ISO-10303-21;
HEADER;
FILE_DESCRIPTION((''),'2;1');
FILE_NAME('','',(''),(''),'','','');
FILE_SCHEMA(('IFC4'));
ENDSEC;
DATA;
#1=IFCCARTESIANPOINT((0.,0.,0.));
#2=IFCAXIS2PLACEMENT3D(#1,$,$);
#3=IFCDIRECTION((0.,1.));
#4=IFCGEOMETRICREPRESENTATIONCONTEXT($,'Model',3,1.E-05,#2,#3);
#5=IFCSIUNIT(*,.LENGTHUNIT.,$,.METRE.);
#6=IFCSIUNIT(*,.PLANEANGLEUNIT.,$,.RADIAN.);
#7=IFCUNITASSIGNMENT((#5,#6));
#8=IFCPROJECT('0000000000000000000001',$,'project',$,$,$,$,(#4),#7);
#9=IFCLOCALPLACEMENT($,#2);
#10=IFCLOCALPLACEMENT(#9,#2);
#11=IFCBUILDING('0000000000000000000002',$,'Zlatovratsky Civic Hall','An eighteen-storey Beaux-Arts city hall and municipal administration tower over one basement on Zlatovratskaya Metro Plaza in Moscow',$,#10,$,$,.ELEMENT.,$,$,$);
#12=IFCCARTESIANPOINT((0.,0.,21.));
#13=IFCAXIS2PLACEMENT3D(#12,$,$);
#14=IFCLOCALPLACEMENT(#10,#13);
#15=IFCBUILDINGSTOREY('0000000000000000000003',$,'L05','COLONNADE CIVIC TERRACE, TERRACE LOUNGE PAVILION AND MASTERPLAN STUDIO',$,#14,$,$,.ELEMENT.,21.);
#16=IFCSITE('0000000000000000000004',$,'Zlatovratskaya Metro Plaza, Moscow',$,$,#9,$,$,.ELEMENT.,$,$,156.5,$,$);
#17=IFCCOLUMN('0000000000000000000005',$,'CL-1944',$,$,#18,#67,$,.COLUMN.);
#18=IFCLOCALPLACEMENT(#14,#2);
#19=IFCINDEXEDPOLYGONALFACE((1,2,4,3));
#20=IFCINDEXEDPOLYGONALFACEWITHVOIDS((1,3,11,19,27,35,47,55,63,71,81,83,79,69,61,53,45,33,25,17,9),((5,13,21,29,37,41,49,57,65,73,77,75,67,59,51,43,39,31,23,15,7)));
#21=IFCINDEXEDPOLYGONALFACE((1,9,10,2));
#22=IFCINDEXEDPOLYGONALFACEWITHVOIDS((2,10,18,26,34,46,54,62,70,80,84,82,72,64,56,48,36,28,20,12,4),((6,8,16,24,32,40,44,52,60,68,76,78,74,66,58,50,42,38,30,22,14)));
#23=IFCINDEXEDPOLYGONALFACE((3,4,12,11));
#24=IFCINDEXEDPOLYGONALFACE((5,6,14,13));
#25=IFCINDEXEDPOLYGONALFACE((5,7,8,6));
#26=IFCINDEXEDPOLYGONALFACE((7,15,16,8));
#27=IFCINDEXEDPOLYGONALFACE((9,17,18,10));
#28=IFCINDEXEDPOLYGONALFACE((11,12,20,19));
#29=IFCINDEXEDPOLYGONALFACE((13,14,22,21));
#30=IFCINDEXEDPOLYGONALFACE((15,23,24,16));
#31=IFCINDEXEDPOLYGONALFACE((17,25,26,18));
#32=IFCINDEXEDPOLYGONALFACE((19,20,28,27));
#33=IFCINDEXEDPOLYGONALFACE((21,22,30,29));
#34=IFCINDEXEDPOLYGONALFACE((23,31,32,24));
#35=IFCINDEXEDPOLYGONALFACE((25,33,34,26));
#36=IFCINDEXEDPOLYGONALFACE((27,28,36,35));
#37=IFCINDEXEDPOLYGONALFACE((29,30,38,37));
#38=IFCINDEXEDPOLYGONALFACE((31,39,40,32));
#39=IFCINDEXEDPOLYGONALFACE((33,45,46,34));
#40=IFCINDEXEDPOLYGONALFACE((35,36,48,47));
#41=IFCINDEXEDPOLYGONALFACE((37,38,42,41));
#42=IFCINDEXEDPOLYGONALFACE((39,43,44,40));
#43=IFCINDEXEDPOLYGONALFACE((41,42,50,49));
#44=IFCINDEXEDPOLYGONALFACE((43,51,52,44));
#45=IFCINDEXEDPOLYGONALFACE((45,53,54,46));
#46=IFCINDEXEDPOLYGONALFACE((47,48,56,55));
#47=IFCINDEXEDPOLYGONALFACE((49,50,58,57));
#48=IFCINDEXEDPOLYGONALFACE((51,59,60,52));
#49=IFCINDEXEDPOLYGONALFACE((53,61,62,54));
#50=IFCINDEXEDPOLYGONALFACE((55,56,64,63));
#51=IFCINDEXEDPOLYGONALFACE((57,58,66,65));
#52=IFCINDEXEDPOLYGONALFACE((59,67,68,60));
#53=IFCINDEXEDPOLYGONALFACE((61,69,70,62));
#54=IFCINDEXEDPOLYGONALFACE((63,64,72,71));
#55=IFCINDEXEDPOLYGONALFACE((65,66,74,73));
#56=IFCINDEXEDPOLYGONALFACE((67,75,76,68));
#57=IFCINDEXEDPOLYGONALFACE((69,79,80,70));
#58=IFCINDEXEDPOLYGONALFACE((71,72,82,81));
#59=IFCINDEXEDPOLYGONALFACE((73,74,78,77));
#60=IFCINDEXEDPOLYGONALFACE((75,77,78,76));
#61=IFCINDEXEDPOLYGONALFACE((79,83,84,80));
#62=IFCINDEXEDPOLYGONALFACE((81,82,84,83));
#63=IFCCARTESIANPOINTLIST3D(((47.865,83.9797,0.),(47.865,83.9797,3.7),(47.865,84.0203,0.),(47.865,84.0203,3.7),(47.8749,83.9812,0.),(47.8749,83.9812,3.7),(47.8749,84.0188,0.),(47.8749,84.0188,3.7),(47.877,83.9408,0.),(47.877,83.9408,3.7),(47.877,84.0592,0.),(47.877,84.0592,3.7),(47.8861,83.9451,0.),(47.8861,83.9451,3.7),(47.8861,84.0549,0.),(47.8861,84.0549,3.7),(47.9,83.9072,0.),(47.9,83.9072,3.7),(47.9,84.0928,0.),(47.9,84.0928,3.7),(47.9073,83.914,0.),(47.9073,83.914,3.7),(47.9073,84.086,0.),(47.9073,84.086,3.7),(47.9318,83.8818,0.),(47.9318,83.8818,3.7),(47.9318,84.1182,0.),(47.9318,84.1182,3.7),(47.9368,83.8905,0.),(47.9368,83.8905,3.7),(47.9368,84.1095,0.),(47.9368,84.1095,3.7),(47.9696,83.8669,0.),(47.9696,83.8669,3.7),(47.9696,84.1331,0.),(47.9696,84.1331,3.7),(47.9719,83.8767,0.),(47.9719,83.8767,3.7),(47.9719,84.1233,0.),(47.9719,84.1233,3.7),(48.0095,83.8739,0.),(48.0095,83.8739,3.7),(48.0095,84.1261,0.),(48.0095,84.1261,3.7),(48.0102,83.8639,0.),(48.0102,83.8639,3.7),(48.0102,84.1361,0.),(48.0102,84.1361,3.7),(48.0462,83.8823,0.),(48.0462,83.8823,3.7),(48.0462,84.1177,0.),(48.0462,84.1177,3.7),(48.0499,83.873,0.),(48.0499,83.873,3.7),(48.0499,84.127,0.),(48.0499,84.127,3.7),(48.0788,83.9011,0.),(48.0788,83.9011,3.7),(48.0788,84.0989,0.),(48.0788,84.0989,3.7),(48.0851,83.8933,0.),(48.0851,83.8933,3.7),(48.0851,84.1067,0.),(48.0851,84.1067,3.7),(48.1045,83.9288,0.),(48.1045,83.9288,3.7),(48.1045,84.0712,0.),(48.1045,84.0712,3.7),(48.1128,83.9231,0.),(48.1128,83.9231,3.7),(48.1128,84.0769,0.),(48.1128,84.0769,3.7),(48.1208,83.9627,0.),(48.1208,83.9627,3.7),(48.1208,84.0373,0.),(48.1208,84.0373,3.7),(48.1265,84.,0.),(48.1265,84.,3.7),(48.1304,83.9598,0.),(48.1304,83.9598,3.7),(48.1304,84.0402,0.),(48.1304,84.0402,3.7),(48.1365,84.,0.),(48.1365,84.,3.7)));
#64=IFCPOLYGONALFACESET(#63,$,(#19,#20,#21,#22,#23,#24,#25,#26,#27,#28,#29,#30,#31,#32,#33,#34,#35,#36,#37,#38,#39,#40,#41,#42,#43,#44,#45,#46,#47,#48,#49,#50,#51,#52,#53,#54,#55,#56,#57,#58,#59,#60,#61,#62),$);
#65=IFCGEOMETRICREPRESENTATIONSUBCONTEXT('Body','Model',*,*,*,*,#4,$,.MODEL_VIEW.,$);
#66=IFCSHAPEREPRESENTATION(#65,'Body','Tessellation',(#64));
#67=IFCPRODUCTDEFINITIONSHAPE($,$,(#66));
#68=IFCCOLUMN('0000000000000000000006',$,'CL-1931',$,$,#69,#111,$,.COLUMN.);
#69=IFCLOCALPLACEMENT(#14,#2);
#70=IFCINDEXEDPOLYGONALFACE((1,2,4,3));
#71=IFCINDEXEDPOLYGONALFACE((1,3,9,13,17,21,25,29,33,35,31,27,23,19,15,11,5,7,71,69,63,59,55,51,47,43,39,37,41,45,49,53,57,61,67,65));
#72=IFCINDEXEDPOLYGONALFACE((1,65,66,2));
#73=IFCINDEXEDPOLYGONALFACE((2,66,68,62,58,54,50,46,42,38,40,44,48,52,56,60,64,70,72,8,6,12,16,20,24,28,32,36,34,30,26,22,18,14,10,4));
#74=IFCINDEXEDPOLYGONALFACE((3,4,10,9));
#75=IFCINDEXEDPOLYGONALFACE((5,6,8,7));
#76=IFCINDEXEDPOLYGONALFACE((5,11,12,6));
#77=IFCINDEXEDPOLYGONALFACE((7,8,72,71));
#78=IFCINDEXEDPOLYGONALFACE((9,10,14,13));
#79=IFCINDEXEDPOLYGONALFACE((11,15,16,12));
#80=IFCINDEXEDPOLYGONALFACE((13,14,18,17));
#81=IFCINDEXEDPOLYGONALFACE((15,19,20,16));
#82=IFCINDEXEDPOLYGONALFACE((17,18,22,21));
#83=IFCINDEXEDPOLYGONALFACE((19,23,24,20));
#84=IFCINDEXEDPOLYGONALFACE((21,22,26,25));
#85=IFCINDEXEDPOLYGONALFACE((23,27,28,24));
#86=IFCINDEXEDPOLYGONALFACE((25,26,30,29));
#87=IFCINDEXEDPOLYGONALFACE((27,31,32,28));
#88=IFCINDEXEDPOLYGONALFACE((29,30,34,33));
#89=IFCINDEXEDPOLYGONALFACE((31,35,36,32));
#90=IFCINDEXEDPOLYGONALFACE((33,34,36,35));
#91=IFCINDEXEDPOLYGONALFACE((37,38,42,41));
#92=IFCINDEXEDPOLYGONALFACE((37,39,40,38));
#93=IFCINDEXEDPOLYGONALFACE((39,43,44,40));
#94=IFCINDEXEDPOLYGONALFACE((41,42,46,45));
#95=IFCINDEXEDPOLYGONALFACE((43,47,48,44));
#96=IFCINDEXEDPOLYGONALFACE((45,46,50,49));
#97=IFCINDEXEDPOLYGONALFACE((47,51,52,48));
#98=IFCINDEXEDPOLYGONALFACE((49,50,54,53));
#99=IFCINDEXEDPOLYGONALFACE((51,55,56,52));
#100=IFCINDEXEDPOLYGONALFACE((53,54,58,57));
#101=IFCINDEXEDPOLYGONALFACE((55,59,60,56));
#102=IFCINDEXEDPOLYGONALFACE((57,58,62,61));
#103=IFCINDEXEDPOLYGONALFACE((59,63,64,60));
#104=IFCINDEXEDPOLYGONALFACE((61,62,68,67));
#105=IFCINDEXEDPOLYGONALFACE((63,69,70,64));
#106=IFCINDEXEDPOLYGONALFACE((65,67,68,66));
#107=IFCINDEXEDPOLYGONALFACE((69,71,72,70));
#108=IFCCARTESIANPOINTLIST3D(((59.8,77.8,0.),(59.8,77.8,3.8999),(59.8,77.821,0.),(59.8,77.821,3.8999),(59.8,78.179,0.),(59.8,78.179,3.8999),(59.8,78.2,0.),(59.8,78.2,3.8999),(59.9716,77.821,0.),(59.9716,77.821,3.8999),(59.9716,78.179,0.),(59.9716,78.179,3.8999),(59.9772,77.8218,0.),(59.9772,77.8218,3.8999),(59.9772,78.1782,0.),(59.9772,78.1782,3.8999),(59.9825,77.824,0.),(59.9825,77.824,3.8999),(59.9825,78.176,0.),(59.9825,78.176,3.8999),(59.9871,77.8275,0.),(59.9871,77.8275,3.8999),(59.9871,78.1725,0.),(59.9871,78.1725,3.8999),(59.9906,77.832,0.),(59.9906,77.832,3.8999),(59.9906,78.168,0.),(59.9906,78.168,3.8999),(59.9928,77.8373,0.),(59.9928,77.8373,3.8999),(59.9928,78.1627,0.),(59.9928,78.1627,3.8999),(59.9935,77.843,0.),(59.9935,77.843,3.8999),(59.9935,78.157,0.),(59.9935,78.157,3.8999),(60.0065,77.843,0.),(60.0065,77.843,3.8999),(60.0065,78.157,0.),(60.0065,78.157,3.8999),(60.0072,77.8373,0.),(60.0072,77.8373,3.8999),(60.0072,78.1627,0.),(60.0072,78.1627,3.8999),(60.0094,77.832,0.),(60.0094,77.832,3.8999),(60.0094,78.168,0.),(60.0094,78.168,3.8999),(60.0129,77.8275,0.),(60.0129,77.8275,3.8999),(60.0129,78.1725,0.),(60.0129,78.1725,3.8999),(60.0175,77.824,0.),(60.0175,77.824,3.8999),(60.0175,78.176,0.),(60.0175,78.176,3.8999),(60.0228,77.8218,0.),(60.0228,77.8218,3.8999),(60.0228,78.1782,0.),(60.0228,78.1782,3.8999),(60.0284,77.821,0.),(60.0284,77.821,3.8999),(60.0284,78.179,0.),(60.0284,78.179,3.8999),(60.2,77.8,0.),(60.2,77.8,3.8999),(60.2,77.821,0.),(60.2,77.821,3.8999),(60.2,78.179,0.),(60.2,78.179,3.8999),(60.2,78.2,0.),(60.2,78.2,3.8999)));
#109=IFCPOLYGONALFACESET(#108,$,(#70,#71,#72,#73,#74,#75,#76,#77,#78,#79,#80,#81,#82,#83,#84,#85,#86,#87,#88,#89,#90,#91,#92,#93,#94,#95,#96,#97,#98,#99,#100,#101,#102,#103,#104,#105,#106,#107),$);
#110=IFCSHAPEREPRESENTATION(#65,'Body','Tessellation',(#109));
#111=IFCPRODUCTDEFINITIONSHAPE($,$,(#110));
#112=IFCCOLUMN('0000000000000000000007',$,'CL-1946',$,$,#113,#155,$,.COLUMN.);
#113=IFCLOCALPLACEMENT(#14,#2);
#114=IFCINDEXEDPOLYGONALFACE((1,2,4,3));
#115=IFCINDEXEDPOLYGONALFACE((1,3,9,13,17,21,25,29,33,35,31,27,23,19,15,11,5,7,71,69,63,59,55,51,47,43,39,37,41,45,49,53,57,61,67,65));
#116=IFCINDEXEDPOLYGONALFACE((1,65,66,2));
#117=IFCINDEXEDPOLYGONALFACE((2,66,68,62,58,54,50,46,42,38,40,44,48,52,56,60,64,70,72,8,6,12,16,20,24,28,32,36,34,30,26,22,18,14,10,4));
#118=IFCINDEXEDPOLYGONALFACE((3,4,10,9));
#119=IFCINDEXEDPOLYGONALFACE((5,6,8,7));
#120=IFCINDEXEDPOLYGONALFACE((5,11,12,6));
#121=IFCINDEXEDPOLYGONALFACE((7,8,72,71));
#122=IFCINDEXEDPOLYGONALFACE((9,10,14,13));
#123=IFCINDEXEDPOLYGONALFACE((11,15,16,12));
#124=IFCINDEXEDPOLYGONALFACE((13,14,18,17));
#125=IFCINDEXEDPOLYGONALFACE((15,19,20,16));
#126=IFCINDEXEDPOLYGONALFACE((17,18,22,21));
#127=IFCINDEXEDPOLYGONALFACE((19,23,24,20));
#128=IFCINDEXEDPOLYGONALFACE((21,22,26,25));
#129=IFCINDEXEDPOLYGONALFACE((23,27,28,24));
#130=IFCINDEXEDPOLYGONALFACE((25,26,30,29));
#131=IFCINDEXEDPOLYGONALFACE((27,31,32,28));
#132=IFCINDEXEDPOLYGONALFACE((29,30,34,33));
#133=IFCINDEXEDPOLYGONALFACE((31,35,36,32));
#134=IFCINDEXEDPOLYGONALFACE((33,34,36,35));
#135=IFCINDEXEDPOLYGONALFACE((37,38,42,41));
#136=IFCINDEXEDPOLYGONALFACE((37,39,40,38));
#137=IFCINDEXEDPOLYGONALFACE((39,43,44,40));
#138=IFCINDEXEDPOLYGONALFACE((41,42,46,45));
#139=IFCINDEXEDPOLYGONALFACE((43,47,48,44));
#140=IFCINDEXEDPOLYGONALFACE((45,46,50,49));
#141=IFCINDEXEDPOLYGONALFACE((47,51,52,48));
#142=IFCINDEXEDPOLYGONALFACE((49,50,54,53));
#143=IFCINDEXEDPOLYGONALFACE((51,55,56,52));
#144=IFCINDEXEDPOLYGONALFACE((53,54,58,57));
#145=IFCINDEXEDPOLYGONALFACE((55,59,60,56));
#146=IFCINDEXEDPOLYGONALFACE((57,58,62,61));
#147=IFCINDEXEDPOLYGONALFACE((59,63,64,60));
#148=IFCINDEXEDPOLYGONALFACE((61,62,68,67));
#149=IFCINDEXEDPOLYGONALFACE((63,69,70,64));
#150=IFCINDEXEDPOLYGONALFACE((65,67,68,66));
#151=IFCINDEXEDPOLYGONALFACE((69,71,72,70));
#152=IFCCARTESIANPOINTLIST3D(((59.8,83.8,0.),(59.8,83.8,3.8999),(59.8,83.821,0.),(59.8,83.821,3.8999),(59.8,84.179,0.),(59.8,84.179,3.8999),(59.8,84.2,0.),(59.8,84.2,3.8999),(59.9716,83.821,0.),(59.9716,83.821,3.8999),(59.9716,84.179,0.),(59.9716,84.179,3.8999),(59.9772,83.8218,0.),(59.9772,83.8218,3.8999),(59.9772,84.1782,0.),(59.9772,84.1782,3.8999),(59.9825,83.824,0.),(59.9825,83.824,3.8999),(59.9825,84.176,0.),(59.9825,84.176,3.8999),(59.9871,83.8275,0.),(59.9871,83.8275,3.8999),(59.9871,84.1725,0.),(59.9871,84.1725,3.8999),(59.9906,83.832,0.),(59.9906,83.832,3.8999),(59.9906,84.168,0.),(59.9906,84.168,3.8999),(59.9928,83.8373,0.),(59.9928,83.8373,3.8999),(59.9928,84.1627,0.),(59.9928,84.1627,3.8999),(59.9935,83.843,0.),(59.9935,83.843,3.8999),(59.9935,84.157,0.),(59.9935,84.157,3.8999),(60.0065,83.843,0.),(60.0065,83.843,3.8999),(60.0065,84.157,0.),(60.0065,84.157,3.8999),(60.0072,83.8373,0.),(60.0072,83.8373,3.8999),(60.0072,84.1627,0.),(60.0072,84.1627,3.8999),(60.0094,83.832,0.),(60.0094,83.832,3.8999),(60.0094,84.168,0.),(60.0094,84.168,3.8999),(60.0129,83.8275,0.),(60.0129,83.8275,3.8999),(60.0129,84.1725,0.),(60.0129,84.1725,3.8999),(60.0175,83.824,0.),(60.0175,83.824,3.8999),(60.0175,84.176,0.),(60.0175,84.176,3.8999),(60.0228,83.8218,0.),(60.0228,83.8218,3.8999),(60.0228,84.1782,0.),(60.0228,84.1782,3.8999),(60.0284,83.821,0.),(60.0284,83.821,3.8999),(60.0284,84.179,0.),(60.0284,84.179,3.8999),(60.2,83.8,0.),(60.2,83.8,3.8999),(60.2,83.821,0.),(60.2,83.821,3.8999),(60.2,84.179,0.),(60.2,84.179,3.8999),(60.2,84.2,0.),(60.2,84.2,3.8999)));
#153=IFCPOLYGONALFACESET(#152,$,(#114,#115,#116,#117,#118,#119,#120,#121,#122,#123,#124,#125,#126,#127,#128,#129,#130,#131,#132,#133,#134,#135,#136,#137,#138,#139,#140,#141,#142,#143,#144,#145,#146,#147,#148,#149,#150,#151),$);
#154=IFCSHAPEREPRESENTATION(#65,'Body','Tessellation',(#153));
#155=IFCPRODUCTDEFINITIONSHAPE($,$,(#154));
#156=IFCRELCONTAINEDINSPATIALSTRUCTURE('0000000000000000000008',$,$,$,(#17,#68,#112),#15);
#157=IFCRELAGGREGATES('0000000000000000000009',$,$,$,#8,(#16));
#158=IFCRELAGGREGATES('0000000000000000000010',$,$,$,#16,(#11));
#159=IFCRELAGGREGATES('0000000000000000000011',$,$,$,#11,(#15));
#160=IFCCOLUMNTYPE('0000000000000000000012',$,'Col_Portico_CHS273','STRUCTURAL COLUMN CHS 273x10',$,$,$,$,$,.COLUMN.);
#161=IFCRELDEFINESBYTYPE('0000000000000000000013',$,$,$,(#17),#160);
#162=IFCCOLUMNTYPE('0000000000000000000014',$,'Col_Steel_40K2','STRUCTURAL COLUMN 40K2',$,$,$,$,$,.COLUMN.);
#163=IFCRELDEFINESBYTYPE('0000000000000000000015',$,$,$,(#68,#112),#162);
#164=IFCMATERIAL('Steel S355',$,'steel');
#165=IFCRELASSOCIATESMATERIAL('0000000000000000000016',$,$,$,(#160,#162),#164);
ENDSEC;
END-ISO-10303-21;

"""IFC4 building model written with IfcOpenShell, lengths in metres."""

from ifc_helpers import new_model, si_unit, direction, frame, origin, origin_2d, place, context, subcontext, project, spatial, hollow_circle, i_section, extrude, material, material_profile, profile_set, type_object, element, save


model = new_model("IFC4")

# Units and contexts
model_context = context("Model", 3, precision=1e-05, world=origin(), true_north=direction((0.0, 1.0)))
body_context = subcontext(model_context, "Body", "Model", "MODEL_VIEW")
ifc_project = project(units=[si_unit("LENGTHUNIT", "METRE"), si_unit("PLANEANGLEUNIT", "RADIAN")], contexts=[model_context])

# Site, building, storey
site_placement = place(None, origin())
site = spatial("IfcSite", under=ifc_project, at=site_placement, Name="Zlatovratskaya Metro Plaza, Moscow", CompositionType="ELEMENT", RefElevation=156.5)
building_placement = place(site_placement, origin())
building = spatial("IfcBuilding", under=site, at=building_placement, Name="Zlatovratsky Civic Hall", Description="An eighteen-storey Beaux-Arts city hall and municipal administration tower over one basement on Zlatovratskaya Metro Plaza in Moscow", CompositionType="ELEMENT")
storey_placement = place(building_placement, frame((0.0, 0.0, 21.0)))
storey = spatial("IfcBuildingStorey", under=building, at=storey_placement, Name="L05", Description="COLONNADE CIVIC TERRACE, TERRACE LOUNGE PAVILION AND MASTERPLAN STUDIO", CompositionType="ELEMENT", Elevation=21.0)

# Columns
ifc_material_1 = material(Name="Steel S355", Category="steel")
ifc_material_profile_1 = material_profile(ifc_material_1, hollow_circle(Radius=0.1365, WallThickness=0.01, at=origin_2d()), Name="CHS 273x10")
ifc_profile_set_1 = profile_set([ifc_material_profile_1], Name="Steel S355")
column_type_1 = type_object("IfcColumnType", Name="Col_Portico_CHS273", Description="STRUCTURAL COLUMN CHS 273x10", PredefinedType="COLUMN", material=ifc_profile_set_1)
for number, where, z_axis, x_axis, name in (
    (1, (48.0, 84.0, 0.0), (0.0, 0.0, 1.0), (1.0, 0.0, 0.0), "CL-1944"),
):
    element("IfcColumn", number, at=place(storey_placement, frame(where, z_axis=z_axis, x_axis=x_axis)), inside=storey, type_object=column_type_1, Name=name, PredefinedType="COLUMN", context=body_context, shape_type="SweptSolid", body=[
        extrude(hollow_circle(Radius=0.1365, WallThickness=0.01, at=origin_2d()), origin(), (0.0, 0.0, 1.0), 3.7),
    ])
ifc_material_profile_2 = material_profile(ifc_material_1, i_section(OverallWidth=0.3999, OverallDepth=0.3999, WebThickness=0.0129, FlangeThickness=0.021, FilletRadius=0.022, at=origin_2d()), Name="40K2")
ifc_profile_set_2 = profile_set([ifc_material_profile_2], Name="Steel S355")
column_type_2 = type_object("IfcColumnType", Name="Col_Steel_40K2", Description="STRUCTURAL COLUMN 40K2", PredefinedType="COLUMN", material=ifc_profile_set_2)
for number, where, z_axis, x_axis, name in (
    (2, (60.0, 78.0, 0.0), (0.0, 0.0, 1.0), (1.0, 0.0, 0.0), "CL-1931"),
    (3, (60.0, 84.0, 0.0), (0.0, 0.0, 1.0), (1.0, 0.0, 0.0), "CL-1946"),
):
    element("IfcColumn", number, at=place(storey_placement, frame(where, z_axis=z_axis, x_axis=x_axis)), inside=storey, type_object=column_type_2, Name=name, PredefinedType="COLUMN", context=body_context, shape_type="SweptSolid", body=[
        extrude(i_section(OverallWidth=0.3999, OverallDepth=0.3999, WebThickness=0.0129, FlangeThickness=0.021, FilletRadius=0.022, at=origin_2d()), origin(), (0.0, 0.0, 1.0), 3.8999),
    ])

save(model, "model.ifc")
